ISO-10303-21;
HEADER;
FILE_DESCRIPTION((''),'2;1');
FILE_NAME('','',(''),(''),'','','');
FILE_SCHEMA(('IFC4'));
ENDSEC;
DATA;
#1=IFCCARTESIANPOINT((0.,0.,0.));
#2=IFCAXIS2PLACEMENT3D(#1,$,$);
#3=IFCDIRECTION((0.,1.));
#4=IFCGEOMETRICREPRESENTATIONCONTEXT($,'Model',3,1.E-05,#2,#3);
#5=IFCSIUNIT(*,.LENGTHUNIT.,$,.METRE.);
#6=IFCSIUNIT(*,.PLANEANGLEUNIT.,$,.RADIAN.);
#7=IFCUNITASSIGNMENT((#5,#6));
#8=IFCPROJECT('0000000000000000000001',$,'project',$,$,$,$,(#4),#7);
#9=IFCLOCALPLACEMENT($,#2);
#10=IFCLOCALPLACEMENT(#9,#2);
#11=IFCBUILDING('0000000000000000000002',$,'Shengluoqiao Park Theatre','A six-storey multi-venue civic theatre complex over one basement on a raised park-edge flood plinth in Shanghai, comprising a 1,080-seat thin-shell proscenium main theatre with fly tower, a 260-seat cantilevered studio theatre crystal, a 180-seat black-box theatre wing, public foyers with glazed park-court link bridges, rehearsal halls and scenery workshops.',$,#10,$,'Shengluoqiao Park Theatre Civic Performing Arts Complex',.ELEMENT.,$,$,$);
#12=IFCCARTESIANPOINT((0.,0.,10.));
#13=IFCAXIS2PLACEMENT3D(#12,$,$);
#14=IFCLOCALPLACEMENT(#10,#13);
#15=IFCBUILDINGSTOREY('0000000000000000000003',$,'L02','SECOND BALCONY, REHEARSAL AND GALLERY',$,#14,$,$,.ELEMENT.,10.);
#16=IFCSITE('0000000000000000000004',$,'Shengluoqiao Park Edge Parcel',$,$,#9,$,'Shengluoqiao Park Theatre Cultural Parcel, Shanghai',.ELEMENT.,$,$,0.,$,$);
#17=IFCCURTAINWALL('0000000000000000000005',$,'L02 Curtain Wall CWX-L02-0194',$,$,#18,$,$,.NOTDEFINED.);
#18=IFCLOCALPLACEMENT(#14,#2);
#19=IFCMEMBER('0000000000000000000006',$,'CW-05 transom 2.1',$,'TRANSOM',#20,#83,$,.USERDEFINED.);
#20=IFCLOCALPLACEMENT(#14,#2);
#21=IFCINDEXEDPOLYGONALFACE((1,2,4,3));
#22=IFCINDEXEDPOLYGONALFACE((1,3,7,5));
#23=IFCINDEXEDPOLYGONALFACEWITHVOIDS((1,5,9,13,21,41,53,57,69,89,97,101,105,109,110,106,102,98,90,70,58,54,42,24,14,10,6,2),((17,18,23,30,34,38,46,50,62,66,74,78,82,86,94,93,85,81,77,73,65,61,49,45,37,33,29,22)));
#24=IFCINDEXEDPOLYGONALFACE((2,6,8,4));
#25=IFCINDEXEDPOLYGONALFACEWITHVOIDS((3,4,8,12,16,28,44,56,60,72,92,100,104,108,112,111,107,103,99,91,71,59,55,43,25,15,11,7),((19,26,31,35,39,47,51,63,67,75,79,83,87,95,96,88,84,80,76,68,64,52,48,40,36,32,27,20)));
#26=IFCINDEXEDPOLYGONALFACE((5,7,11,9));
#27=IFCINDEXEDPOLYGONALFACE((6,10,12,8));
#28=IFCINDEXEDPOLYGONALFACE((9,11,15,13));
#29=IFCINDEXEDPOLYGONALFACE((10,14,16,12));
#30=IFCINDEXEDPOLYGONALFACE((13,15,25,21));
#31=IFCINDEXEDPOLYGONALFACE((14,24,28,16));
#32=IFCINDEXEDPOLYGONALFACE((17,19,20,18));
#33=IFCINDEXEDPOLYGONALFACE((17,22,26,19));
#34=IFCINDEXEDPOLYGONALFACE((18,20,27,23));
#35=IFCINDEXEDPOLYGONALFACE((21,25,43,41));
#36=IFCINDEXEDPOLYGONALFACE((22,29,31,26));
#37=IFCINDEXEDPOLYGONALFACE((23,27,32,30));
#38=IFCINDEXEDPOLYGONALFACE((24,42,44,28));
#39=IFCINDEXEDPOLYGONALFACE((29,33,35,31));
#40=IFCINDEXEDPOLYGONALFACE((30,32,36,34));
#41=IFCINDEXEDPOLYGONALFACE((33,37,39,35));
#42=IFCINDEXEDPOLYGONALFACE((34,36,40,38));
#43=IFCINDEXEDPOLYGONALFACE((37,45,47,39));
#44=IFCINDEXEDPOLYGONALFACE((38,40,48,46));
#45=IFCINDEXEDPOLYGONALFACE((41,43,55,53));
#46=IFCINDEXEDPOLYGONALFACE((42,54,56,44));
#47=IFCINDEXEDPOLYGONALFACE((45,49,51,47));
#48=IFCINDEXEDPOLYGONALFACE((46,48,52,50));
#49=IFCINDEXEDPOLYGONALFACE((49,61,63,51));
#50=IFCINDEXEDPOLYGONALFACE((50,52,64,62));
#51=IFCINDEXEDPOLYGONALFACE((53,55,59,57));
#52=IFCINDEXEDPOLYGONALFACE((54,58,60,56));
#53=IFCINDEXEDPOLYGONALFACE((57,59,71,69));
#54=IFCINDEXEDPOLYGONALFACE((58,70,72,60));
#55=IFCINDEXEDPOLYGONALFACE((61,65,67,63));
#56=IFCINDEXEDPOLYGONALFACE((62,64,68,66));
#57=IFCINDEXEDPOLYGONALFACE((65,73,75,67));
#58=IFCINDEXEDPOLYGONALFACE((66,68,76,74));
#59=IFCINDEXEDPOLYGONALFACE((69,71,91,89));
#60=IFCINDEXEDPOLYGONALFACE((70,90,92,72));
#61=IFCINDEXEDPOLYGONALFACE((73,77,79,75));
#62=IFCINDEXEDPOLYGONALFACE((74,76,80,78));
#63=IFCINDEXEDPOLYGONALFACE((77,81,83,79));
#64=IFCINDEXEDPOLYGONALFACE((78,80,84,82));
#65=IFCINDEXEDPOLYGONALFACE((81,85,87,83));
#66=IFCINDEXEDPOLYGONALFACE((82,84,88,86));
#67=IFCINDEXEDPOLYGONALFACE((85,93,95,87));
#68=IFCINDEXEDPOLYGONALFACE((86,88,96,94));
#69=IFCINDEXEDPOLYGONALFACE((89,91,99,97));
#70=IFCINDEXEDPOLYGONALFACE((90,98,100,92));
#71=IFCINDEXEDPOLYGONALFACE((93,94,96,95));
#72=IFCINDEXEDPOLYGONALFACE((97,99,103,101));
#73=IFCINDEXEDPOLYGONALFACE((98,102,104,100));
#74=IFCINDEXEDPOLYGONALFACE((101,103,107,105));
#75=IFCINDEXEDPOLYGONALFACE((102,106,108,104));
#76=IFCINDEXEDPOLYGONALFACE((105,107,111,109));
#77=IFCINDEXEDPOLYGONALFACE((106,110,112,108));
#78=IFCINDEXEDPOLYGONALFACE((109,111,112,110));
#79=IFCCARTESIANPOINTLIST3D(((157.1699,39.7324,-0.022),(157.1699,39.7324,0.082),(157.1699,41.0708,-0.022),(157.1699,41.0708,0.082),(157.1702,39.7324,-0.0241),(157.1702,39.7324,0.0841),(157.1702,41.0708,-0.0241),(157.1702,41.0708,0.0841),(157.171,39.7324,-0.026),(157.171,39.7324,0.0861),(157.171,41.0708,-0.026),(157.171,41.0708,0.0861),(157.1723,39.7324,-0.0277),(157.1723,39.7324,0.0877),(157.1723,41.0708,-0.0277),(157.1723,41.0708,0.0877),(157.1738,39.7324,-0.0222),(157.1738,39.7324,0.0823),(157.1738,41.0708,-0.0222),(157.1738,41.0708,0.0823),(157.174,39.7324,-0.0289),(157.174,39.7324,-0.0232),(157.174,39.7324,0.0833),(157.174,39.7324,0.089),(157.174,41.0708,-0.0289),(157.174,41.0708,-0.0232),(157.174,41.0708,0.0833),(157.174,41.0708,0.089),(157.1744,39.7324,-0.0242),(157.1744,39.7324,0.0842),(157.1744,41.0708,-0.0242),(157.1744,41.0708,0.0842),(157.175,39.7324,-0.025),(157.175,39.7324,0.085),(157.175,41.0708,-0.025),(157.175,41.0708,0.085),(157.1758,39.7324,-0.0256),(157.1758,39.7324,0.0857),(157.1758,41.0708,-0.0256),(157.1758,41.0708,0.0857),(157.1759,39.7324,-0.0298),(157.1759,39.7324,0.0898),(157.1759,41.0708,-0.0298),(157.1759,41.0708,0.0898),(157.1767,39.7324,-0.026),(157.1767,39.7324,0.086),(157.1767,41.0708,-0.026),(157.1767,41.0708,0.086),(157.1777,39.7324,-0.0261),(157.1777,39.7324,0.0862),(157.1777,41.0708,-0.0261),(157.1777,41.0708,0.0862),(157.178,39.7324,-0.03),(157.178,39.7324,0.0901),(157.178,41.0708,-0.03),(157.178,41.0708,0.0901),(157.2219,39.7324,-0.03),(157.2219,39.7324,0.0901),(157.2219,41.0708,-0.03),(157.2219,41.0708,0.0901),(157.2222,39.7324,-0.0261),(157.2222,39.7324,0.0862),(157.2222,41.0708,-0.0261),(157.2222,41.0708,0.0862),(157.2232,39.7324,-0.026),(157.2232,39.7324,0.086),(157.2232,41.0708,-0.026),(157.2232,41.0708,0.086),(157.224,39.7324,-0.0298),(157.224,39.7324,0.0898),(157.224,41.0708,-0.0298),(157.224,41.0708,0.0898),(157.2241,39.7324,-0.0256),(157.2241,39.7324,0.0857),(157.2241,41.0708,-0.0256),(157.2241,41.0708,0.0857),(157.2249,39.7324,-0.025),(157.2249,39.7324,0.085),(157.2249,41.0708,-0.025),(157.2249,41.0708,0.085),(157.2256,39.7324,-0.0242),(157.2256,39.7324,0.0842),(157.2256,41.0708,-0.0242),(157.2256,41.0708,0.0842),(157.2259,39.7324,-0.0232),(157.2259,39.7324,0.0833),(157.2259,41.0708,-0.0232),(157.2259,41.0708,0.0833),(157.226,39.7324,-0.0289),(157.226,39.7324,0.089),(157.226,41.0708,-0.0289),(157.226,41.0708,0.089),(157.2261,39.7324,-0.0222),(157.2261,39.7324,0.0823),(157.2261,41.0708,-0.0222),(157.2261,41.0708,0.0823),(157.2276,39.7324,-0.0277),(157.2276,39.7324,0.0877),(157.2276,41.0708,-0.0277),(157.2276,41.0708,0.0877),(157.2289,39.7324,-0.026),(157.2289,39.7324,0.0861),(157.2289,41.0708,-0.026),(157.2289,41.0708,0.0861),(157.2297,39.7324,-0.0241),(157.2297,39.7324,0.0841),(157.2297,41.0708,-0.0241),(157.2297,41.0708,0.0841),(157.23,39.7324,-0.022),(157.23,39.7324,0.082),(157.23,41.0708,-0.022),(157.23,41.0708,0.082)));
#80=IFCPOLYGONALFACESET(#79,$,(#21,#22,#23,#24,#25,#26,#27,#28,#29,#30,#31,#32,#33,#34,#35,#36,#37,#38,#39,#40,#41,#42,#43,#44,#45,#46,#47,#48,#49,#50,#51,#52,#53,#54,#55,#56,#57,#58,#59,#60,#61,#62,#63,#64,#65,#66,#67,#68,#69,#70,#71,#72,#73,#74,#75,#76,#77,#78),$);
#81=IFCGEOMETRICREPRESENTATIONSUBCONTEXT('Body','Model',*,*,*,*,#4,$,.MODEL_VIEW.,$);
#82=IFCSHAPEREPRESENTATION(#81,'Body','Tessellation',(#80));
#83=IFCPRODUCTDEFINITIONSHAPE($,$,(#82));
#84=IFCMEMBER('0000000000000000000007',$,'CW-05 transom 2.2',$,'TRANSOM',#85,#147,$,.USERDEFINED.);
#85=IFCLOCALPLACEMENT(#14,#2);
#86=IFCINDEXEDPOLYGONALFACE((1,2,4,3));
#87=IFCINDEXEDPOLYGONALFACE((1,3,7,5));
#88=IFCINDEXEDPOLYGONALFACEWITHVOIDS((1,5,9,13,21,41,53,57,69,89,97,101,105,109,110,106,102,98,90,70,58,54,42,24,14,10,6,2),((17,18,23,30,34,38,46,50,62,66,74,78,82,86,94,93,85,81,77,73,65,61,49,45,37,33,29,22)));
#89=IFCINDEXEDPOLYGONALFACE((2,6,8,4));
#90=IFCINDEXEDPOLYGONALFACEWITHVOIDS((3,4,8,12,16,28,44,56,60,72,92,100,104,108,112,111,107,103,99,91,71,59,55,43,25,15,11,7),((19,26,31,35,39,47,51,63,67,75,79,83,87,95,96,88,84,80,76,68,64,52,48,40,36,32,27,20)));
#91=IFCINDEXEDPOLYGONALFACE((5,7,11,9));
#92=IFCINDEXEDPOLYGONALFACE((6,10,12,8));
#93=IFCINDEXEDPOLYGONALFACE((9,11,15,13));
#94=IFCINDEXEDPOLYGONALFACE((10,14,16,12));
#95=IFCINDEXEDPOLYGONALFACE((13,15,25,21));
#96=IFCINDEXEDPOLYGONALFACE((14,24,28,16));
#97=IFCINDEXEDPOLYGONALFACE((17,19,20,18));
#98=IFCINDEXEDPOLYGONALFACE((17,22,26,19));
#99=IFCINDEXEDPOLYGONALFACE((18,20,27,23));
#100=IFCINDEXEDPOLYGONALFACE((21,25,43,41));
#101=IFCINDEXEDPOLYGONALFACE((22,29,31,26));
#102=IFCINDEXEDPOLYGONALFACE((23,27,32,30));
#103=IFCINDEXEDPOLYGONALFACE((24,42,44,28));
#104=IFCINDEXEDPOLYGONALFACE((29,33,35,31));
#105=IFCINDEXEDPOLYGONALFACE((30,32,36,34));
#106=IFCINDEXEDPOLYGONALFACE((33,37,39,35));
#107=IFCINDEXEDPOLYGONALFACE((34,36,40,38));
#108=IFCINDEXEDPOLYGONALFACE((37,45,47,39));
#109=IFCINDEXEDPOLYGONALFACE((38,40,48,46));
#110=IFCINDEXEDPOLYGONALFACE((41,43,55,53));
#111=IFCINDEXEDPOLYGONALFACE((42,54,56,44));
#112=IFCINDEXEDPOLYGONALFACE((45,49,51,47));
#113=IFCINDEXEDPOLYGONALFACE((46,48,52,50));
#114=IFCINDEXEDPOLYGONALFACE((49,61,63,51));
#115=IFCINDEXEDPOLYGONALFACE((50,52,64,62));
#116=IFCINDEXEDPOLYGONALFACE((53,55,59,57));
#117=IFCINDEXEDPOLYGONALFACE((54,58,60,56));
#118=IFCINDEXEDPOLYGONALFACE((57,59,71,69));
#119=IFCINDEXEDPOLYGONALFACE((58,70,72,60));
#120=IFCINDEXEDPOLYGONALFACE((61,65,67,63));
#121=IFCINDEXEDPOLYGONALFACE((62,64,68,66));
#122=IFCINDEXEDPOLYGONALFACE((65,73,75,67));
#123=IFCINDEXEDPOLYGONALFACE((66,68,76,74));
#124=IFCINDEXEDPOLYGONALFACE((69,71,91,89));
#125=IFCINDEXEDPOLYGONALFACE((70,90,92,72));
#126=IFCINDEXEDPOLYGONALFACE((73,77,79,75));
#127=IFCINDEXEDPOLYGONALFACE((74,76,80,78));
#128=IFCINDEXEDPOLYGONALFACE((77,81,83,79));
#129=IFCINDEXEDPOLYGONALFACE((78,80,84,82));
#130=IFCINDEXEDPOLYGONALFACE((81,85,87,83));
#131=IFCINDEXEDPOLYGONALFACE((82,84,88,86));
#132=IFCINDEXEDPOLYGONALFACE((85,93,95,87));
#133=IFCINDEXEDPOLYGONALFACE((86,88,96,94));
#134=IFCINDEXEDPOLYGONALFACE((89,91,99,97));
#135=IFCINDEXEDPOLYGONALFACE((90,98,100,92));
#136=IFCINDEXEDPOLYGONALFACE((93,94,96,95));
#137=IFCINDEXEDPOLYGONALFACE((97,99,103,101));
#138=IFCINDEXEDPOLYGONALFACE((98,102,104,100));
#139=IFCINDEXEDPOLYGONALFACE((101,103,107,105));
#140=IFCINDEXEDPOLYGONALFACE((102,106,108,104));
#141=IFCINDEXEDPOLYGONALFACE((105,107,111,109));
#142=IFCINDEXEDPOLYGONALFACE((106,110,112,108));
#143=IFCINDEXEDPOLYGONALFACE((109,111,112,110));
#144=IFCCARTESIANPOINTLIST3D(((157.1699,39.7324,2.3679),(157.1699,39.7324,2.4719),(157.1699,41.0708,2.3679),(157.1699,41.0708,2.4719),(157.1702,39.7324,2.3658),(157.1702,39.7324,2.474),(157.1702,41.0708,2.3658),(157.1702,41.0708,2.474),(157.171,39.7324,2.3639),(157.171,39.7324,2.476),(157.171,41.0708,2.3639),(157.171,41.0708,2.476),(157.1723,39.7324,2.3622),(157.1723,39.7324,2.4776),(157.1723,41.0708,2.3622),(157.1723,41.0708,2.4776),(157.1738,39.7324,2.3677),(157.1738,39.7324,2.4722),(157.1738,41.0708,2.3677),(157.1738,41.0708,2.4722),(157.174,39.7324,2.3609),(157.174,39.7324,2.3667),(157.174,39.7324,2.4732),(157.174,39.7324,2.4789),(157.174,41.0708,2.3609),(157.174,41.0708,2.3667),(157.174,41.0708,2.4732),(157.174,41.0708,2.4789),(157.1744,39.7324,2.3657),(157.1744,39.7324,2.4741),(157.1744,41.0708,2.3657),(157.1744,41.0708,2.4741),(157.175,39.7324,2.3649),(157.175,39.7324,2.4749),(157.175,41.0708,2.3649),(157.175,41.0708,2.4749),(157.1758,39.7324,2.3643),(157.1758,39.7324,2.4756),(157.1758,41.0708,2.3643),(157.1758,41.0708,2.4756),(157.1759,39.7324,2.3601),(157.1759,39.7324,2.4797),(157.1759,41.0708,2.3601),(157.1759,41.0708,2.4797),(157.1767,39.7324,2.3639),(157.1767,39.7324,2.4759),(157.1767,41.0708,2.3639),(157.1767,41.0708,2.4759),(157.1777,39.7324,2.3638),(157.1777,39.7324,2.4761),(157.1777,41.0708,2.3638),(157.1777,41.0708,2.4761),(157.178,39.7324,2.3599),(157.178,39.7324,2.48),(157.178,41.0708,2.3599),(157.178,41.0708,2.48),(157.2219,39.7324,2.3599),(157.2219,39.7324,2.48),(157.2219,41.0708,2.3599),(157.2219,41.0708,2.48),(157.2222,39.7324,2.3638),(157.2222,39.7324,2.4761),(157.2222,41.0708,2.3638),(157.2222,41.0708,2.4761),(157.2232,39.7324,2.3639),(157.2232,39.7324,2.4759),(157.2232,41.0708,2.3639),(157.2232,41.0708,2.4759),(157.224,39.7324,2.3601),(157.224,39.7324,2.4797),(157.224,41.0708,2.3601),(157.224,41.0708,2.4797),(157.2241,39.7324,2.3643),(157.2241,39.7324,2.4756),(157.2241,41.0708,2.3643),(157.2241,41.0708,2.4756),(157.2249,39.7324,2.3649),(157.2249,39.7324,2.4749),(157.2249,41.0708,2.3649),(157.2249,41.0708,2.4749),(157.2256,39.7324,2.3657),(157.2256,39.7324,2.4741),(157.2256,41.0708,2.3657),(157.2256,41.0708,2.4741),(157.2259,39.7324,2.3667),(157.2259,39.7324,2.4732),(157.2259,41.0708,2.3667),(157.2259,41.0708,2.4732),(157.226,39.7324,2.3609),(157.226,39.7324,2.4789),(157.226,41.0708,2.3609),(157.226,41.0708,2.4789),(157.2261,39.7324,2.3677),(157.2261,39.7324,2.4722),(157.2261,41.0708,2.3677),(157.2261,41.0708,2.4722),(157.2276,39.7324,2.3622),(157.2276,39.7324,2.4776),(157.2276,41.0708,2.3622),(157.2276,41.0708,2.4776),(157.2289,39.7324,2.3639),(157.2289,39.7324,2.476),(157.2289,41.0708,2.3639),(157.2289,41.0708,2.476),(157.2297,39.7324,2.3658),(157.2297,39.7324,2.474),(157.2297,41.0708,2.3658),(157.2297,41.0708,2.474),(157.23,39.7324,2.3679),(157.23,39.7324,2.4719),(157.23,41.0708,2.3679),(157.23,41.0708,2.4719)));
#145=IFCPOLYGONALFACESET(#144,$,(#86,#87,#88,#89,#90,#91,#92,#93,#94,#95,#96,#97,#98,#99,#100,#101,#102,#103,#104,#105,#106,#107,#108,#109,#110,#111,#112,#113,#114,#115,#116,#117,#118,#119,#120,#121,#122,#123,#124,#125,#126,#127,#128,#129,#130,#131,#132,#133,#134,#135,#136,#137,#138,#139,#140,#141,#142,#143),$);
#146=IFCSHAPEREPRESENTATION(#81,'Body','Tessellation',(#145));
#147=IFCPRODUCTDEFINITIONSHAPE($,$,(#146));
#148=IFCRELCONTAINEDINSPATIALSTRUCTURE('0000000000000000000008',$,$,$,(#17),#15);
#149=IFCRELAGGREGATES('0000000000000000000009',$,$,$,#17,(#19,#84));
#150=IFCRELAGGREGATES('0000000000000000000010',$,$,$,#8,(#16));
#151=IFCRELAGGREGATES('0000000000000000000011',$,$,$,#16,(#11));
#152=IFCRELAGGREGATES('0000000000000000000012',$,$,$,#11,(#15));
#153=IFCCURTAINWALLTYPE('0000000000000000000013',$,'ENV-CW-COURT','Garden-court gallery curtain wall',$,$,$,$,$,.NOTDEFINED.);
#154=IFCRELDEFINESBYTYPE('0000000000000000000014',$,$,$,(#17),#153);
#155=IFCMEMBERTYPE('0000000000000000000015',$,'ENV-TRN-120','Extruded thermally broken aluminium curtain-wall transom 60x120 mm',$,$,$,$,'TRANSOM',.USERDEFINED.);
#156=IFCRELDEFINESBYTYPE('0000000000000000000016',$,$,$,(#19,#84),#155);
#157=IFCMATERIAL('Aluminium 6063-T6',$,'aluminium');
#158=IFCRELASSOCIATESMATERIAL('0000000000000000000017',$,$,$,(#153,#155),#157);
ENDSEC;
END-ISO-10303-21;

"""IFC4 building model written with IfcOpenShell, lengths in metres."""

from ifc_helpers import new_model, si_unit, direction, frame, origin, origin_2d, place, context, subcontext, project, spatial, hollow_rectangle, extrude, material, material_profile, profile_set, type_object, element, aggregate, save


model = new_model("IFC4")

# Units and contexts
model_context = context("Model", 3, precision=1e-05, world=origin(), true_north=direction((0.0, 1.0)))
body_context = subcontext(model_context, "Body", "Model", "MODEL_VIEW")
ifc_project = project(units=[si_unit("LENGTHUNIT", "METRE"), si_unit("PLANEANGLEUNIT", "RADIAN")], contexts=[model_context])

# Site, building, storey
site_placement = place(None, origin())
site = spatial("IfcSite", under=ifc_project, at=site_placement, Name="Shengluoqiao Park Edge Parcel", LongName="Shengluoqiao Park Theatre Cultural Parcel, Shanghai", CompositionType="ELEMENT", RefElevation=0.0)
building_placement = place(site_placement, origin())
building = spatial("IfcBuilding", under=site, at=building_placement, Name="Shengluoqiao Park Theatre", Description="A six-storey multi-venue civic theatre complex over one basement on a raised park-edge flood plinth in Shanghai, comprising a 1,080-seat thin-shell proscenium main theatre with fly tower, a 260-seat cantilevered studio theatre crystal, a 180-seat black-box theatre wing, public foyers with glazed park-court link bridges, rehearsal halls and scenery workshops.", LongName="Shengluoqiao Park Theatre Civic Performing Arts Complex", CompositionType="ELEMENT")
storey_placement = place(building_placement, frame((0.0, 0.0, 10.0)))
storey = spatial("IfcBuildingStorey", under=building, at=storey_placement, Name="L02", Description="SECOND BALCONY, REHEARSAL AND GALLERY", CompositionType="ELEMENT", Elevation=10.0)

# Curtain wall, members
ifc_material_1 = material(Name="Aluminium 6063-T6", Category="aluminium")
curtain_wall_type = type_object("IfcCurtainWallType", Name="ENV-CW-COURT", Description="Garden-court gallery curtain wall", PredefinedType="NOTDEFINED", material=ifc_material_1)
curtain_wall_placement = place(storey_placement, origin())
curtain_wall = element("IfcCurtainWall", 1, at=curtain_wall_placement, inside=storey, type_object=curtain_wall_type, Name="L02 Curtain Wall CWX-L02-0194", PredefinedType="NOTDEFINED")
ifc_material_profile_1 = material_profile(ifc_material_1, hollow_rectangle(XDim=0.0601, YDim=0.1201, WallThickness=0.0039, InnerFilletRadius=0.0039, OuterFilletRadius=0.0081, at=origin_2d()), Name="ALU TRANSOM 120x60x4")
ifc_profile_set_1 = profile_set([ifc_material_profile_1], Name="Aluminium 6063-T6")
member_type_1 = type_object("IfcMemberType", Name="ENV-TRN-120", Description="Extruded thermally broken aluminium curtain-wall transom 60x120 mm", ElementType="TRANSOM", PredefinedType="USERDEFINED", material=ifc_profile_set_1)
member_1_placement = place(storey_placement, frame((157.2, 39.7324, 0.03), z_axis=(0.0, 1.0, 0.0), x_axis=(-1.0, 0.0, 0.0)))
member_1 = element("IfcMember", 2, at=member_1_placement, type_object=member_type_1, Name="CW-05 transom 2.1", ObjectType="TRANSOM", PredefinedType="USERDEFINED", context=body_context, shape_type="SweptSolid", body=[
    extrude(hollow_rectangle(XDim=0.0601, YDim=0.1201, WallThickness=0.0039, InnerFilletRadius=0.0039, OuterFilletRadius=0.0081, at=origin_2d()), origin(), (0.0, 0.0, 1.0), 1.3384),
])
member_2_placement = place(storey_placement, frame((157.2, 39.7324, 2.4199), z_axis=(0.0, 1.0, 0.0), x_axis=(-1.0, 0.0, 0.0)))
member_2 = element("IfcMember", 3, at=member_2_placement, type_object=member_type_1, Name="CW-05 transom 2.2", ObjectType="TRANSOM", PredefinedType="USERDEFINED", context=body_context, shape_type="SweptSolid", body=[
    extrude(hollow_rectangle(XDim=0.0601, YDim=0.1201, WallThickness=0.0039, InnerFilletRadius=0.0039, OuterFilletRadius=0.0081, at=origin_2d()), origin(), (0.0, 0.0, 1.0), 1.3384),
])

aggregate(curtain_wall, [member_1, member_2])

save(model, "model.ifc")
